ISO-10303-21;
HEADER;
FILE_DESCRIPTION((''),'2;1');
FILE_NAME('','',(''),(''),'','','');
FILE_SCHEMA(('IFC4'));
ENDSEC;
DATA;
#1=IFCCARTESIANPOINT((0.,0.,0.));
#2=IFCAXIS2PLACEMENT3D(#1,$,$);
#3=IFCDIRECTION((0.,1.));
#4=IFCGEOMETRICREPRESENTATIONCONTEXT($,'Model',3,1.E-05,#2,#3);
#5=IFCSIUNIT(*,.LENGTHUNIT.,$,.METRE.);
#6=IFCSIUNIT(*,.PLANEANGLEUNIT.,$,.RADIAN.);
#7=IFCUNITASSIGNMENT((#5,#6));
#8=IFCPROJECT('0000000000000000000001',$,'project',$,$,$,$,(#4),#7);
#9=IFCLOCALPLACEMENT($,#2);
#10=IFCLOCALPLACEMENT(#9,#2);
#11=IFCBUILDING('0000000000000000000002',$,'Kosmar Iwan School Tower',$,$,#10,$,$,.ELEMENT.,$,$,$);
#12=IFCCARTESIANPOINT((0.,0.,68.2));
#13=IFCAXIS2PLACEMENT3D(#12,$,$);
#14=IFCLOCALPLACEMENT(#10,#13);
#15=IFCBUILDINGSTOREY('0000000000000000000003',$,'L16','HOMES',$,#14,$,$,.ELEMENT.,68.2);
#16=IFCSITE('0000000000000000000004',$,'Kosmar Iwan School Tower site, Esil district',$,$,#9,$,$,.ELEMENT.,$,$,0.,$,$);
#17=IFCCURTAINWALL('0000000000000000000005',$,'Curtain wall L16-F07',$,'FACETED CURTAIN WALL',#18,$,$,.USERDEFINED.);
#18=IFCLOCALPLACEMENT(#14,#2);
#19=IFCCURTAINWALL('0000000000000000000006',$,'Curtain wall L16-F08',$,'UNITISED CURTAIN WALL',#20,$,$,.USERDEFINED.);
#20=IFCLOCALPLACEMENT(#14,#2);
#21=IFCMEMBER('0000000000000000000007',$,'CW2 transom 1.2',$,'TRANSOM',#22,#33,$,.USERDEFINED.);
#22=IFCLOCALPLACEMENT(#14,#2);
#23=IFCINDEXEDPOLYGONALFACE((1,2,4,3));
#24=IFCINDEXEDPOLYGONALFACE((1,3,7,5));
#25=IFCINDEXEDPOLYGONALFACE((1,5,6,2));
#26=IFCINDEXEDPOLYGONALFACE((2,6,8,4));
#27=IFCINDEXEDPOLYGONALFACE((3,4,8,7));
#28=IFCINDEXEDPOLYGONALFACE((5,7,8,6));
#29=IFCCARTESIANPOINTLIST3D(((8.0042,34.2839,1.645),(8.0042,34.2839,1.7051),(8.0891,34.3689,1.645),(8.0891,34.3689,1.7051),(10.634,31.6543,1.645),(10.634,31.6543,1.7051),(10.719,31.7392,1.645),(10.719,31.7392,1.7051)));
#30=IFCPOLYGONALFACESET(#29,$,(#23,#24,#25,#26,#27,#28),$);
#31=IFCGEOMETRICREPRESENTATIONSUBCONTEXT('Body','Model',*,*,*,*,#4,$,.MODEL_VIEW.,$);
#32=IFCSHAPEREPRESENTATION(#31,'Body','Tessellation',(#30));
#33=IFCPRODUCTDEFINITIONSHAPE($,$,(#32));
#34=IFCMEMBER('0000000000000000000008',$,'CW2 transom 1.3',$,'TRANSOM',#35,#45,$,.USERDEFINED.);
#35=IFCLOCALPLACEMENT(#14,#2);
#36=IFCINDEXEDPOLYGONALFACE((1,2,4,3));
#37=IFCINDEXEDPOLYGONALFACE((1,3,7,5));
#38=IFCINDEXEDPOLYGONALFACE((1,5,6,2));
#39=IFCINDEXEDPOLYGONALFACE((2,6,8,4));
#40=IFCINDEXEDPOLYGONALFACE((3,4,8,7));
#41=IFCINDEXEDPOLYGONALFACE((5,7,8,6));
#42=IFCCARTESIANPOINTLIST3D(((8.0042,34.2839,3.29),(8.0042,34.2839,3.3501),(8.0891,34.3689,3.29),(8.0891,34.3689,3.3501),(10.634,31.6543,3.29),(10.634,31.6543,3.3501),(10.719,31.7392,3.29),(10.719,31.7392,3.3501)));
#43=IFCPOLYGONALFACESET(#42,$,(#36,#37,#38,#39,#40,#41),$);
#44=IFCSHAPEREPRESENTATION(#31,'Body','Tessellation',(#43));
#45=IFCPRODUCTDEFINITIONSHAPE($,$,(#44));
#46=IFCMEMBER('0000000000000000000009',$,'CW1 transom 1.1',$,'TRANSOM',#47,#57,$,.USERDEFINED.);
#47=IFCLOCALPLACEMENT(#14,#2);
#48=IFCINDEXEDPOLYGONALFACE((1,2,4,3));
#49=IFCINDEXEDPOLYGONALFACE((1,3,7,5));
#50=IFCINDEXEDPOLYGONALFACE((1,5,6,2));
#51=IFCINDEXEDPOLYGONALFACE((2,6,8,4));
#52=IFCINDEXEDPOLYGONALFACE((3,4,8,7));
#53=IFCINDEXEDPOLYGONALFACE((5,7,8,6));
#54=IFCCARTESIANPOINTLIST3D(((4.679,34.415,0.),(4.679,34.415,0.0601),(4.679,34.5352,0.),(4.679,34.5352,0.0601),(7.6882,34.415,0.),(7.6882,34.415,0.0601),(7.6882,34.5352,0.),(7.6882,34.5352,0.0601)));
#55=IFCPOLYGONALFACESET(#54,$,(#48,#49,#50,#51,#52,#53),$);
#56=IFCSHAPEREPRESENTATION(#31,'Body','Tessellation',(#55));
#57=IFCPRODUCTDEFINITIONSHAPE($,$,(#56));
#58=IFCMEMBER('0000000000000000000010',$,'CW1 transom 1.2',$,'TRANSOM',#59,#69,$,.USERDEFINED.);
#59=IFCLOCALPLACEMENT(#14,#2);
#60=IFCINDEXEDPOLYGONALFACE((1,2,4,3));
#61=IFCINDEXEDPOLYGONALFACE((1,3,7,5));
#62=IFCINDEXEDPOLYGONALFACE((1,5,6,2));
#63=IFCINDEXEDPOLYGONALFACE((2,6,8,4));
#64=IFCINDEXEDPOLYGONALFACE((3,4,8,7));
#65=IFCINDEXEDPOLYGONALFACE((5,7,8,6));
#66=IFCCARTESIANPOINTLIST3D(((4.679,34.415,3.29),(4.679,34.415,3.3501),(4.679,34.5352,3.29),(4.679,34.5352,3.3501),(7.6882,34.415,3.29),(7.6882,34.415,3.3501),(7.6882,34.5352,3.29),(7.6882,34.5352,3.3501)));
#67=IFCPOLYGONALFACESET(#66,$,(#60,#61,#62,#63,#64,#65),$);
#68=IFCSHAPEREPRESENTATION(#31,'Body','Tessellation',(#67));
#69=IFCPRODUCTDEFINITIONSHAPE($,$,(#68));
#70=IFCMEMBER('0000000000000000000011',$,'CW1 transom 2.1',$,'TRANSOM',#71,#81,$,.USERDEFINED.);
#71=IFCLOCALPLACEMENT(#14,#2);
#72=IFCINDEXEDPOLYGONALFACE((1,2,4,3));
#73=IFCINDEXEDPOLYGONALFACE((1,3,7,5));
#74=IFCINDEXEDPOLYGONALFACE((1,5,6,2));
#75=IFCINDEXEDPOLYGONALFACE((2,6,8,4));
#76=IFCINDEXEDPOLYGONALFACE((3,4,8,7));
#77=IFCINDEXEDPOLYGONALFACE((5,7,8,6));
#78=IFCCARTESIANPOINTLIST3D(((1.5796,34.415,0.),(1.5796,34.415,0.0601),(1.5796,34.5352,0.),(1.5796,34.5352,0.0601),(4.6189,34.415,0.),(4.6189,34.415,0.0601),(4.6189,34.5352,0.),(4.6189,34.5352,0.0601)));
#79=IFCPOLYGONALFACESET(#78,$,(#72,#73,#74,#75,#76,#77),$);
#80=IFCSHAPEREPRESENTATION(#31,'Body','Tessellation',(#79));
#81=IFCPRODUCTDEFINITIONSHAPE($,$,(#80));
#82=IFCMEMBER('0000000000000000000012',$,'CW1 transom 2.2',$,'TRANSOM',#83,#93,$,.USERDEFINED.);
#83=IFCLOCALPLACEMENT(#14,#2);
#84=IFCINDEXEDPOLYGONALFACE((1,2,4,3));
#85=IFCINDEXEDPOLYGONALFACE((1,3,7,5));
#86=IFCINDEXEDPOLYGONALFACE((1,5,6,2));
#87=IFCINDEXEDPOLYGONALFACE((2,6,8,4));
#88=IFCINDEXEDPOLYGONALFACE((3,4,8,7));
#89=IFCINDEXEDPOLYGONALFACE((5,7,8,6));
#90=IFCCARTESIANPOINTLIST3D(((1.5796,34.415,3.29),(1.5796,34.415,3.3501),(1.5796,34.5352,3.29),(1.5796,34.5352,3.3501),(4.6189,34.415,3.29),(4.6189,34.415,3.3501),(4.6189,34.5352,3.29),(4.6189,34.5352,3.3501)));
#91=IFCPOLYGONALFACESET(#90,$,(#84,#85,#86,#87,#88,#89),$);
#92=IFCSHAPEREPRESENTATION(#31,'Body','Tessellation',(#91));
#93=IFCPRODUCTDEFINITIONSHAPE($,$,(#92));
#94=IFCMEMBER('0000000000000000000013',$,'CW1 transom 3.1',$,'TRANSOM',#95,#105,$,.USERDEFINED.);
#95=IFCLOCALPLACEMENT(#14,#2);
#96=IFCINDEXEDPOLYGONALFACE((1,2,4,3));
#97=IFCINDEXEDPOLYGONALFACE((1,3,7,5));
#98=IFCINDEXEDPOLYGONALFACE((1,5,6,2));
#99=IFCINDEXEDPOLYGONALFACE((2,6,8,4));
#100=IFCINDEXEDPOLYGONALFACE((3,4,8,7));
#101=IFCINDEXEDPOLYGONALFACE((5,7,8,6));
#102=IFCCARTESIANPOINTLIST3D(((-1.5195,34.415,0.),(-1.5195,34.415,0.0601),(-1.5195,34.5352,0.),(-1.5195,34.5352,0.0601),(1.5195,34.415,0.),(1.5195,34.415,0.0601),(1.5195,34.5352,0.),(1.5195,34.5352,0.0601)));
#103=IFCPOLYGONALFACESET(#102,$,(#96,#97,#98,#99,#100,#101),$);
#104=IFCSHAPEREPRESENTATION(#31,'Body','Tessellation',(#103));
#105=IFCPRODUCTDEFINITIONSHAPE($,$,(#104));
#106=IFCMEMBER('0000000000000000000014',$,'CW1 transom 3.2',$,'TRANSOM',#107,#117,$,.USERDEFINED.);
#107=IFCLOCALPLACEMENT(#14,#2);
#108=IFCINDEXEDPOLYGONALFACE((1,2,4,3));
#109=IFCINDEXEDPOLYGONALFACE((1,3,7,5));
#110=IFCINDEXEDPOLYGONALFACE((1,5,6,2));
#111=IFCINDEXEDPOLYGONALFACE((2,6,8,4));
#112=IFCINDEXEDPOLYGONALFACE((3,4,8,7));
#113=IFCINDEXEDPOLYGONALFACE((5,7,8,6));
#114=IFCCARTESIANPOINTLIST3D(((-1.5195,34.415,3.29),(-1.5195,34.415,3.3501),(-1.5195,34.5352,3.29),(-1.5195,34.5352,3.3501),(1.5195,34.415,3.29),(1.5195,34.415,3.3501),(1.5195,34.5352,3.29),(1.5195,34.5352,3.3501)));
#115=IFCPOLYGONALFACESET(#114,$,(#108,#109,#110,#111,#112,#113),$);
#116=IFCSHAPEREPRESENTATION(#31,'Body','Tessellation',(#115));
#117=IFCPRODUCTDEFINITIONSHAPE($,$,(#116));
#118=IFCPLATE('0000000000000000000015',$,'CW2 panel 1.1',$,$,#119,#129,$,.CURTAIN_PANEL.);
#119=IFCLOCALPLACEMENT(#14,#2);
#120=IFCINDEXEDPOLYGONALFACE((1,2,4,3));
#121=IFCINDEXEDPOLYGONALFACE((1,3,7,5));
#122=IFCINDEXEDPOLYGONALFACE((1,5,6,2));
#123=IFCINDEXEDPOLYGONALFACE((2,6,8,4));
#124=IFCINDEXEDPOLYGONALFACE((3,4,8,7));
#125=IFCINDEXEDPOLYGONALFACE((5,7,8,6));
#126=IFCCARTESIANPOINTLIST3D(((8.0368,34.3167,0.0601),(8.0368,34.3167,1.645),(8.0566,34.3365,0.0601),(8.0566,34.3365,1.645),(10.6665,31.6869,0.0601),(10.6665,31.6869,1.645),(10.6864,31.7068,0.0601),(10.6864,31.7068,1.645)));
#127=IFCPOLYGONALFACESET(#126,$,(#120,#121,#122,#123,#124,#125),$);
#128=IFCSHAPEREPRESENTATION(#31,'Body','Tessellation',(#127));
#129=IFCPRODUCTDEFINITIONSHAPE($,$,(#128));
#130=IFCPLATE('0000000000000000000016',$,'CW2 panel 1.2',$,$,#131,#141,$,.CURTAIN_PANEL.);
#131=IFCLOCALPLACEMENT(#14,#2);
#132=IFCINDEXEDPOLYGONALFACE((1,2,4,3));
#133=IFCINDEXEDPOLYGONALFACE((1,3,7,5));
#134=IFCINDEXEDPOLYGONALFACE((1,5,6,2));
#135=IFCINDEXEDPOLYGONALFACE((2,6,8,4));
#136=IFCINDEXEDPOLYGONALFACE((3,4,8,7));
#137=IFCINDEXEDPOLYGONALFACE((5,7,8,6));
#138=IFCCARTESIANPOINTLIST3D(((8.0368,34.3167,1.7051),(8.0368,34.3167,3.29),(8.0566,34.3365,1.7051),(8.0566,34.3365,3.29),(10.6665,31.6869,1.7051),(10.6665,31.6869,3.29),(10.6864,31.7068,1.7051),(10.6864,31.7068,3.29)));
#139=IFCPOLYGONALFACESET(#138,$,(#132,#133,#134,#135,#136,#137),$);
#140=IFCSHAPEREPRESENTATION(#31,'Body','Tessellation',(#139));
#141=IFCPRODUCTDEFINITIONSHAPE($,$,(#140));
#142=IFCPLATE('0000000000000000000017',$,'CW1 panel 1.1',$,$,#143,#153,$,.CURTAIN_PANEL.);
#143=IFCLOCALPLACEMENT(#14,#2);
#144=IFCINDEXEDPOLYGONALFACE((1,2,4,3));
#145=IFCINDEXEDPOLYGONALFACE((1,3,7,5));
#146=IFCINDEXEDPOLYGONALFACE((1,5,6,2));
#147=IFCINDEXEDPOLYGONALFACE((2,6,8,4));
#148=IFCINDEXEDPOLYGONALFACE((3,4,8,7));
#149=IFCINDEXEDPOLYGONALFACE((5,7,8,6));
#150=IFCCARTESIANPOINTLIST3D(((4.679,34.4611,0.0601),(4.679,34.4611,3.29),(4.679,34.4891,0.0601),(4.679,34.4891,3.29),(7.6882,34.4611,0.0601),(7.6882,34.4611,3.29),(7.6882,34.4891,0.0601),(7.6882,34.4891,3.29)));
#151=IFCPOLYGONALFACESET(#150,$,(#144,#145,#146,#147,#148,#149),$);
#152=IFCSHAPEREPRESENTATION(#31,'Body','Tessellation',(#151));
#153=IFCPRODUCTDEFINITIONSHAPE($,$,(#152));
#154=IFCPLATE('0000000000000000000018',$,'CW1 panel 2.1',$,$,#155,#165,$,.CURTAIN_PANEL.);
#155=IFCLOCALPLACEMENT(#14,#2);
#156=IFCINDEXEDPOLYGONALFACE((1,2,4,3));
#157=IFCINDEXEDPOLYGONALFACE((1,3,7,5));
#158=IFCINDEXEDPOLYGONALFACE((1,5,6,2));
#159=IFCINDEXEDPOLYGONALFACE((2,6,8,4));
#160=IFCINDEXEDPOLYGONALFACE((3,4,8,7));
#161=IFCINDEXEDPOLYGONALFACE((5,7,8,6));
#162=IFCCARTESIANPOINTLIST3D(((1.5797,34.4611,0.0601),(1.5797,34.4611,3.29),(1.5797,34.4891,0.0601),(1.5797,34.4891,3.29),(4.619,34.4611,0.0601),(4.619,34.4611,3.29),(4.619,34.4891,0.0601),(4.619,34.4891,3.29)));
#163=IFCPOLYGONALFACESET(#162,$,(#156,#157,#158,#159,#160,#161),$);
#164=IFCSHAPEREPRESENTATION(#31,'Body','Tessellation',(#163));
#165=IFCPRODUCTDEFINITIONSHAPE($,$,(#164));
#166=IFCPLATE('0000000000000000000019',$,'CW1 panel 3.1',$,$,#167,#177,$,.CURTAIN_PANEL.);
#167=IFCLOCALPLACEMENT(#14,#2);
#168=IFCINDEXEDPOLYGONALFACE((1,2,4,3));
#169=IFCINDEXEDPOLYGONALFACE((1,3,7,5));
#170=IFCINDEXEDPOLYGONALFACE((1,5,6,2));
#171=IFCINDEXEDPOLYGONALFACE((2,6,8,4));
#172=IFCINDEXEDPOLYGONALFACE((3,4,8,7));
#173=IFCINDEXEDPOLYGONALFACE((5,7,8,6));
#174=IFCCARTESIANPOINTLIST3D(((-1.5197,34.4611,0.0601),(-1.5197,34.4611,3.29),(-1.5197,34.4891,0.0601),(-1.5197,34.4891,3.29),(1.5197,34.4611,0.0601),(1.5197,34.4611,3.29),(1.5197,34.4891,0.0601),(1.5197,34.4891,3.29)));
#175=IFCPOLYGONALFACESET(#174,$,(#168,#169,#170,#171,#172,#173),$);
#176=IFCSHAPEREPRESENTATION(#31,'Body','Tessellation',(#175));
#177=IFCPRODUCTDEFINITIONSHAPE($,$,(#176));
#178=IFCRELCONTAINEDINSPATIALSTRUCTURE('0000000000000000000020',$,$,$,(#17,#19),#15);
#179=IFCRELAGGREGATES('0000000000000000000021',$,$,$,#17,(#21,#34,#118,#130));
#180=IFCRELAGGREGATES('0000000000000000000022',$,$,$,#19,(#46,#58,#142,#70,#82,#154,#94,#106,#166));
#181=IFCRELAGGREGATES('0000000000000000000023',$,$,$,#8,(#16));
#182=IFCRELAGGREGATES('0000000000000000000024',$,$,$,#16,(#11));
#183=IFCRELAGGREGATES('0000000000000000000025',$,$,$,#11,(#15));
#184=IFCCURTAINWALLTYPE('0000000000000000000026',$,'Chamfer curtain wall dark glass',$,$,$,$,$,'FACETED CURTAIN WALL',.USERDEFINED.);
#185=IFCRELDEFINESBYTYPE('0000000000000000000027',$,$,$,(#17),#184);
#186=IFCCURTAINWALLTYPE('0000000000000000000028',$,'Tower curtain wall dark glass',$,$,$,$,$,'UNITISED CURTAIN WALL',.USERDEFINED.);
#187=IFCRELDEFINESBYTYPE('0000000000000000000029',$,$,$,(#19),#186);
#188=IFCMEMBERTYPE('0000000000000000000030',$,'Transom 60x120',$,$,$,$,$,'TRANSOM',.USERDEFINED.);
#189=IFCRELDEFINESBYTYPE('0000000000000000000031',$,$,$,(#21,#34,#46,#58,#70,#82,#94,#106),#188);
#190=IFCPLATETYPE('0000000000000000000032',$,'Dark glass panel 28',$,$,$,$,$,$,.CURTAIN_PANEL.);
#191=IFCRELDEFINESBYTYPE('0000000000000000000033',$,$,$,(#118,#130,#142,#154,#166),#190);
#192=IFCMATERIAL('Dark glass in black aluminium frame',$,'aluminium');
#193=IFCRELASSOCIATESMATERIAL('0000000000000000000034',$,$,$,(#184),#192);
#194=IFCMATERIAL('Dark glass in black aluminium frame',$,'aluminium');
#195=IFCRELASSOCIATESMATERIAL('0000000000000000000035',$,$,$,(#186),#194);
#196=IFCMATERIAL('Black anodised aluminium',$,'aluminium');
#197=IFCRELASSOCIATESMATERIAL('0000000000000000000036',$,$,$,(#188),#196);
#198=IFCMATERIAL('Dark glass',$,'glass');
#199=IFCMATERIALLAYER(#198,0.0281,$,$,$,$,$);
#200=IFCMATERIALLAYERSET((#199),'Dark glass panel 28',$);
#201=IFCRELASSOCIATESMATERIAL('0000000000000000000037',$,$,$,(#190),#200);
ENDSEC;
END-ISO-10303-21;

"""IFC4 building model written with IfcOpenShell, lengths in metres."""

from ifc_helpers import new_model, si_unit, direction, frame, origin, origin_2d, place, context, subcontext, project, spatial, rectangle, extrude, material, layer, layer_set, material_profile, profile_set, type_object, element, aggregate, save


model = new_model("IFC4")

# Units and contexts
model_context = context("Model", 3, precision=1e-05, world=origin(), true_north=direction((0.0, 1.0)))
body_context = subcontext(model_context, "Body", "Model", "MODEL_VIEW")
ifc_project = project(units=[si_unit("LENGTHUNIT", "METRE"), si_unit("PLANEANGLEUNIT", "RADIAN")], contexts=[model_context])

# Site, building, storey
site_placement = place(None, origin())
site = spatial("IfcSite", under=ifc_project, at=site_placement, Name="Kosmar Iwan School Tower site, Esil district", CompositionType="ELEMENT", RefElevation=0.0)
building_placement = place(site_placement, origin())
building = spatial("IfcBuilding", under=site, at=building_placement, Name="Kosmar Iwan School Tower", CompositionType="ELEMENT")
storey_placement = place(building_placement, frame((0.0, 0.0, 68.2)))
storey = spatial("IfcBuildingStorey", under=building, at=storey_placement, Name="L16", Description="HOMES", CompositionType="ELEMENT", Elevation=68.2)

# Curtain walls
ifc_material_1 = material(Name="Dark glass in black aluminium frame", Category="aluminium")
curtain_wall_type_1 = type_object("IfcCurtainWallType", Name="Chamfer curtain wall dark glass", ElementType="FACETED CURTAIN WALL", PredefinedType="USERDEFINED", material=ifc_material_1)
curtain_wall_1_placement = place(storey_placement, origin())
curtain_wall_1 = element("IfcCurtainWall", 1, at=curtain_wall_1_placement, inside=storey, type_object=curtain_wall_type_1, Name="Curtain wall L16-F07", ObjectType="FACETED CURTAIN WALL", PredefinedType="USERDEFINED")
ifc_material_2 = material(Name="Dark glass in black aluminium frame", Category="aluminium")
curtain_wall_type_2 = type_object("IfcCurtainWallType", Name="Tower curtain wall dark glass", ElementType="UNITISED CURTAIN WALL", PredefinedType="USERDEFINED", material=ifc_material_2)
curtain_wall_2_placement = place(storey_placement, origin())
curtain_wall_2 = element("IfcCurtainWall", 2, at=curtain_wall_2_placement, inside=storey, type_object=curtain_wall_type_2, Name="Curtain wall L16-F08", ObjectType="UNITISED CURTAIN WALL", PredefinedType="USERDEFINED")

# Members
ifc_material_3 = material(Name="Black anodised aluminium", Category="aluminium")
ifc_material_profile_1 = material_profile(ifc_material_3, rectangle(XDim=0.1201, YDim=0.0601, at=origin_2d()), Name="TRANSOM 60x120")
ifc_profile_set_1 = profile_set([ifc_material_profile_1], Name="Black anodised aluminium")
member_type_1 = type_object("IfcMemberType", Name="Transom 60x120", ElementType="TRANSOM", PredefinedType="USERDEFINED", material=ifc_profile_set_1)
member_1_placement = place(storey_placement, frame((10.6765, 31.6968, 1.675), z_axis=(-0.70714, 0.707074, 0.0), x_axis=(-0.707074, -0.70714, 0.0)))
member_1 = element("IfcMember", 3, at=member_1_placement, type_object=member_type_1, Name="CW2 transom 1.2", ObjectType="TRANSOM", PredefinedType="USERDEFINED", context=body_context, shape_type="SweptSolid", body=[
    extrude(rectangle(XDim=0.1201, YDim=0.0601, at=origin_2d()), origin(), (0.0, 0.0, 1.0), 3.719),
])
member_2_placement = place(storey_placement, frame((10.6765, 31.6968, 3.3201), z_axis=(-0.70714, 0.707074, 0.0), x_axis=(-0.707074, -0.70714, 0.0)))
member_2 = element("IfcMember", 4, at=member_2_placement, type_object=member_type_1, Name="CW2 transom 1.3", ObjectType="TRANSOM", PredefinedType="USERDEFINED", context=body_context, shape_type="SweptSolid", body=[
    extrude(rectangle(XDim=0.1201, YDim=0.0601, at=origin_2d()), origin(), (0.0, 0.0, 1.0), 3.719),
])
member_3_placement = place(storey_placement, frame((7.6882, 34.4751, 0.03), z_axis=(-1.0, 0.0, 0.0), x_axis=(0.0, -1.0, 0.0)))
member_3 = element("IfcMember", 5, at=member_3_placement, type_object=member_type_1, Name="CW1 transom 1.1", ObjectType="TRANSOM", PredefinedType="USERDEFINED", context=body_context, shape_type="SweptSolid", body=[
    extrude(rectangle(XDim=0.1201, YDim=0.0601, at=origin_2d()), origin(), (0.0, 0.0, 1.0), 3.0093),
])
member_4_placement = place(storey_placement, frame((7.6882, 34.4751, 3.3201), z_axis=(-1.0, 0.0, 0.0), x_axis=(0.0, -1.0, 0.0)))
member_4 = element("IfcMember", 6, at=member_4_placement, type_object=member_type_1, Name="CW1 transom 1.2", ObjectType="TRANSOM", PredefinedType="USERDEFINED", context=body_context, shape_type="SweptSolid", body=[
    extrude(rectangle(XDim=0.1201, YDim=0.0601, at=origin_2d()), origin(), (0.0, 0.0, 1.0), 3.0093),
])
member_5_placement = place(storey_placement, frame((4.6189, 34.4751, 0.03), z_axis=(-1.0, 0.0, 0.0), x_axis=(0.0, -1.0, 0.0)))
member_5 = element("IfcMember", 7, at=member_5_placement, type_object=member_type_1, Name="CW1 transom 2.1", ObjectType="TRANSOM", PredefinedType="USERDEFINED", context=body_context, shape_type="SweptSolid", body=[
    extrude(rectangle(XDim=0.1201, YDim=0.0601, at=origin_2d()), origin(), (0.0, 0.0, 1.0), 3.0393),
])
member_6_placement = place(storey_placement, frame((4.6189, 34.4751, 3.3201), z_axis=(-1.0, 0.0, 0.0), x_axis=(0.0, -1.0, 0.0)))
member_6 = element("IfcMember", 8, at=member_6_placement, type_object=member_type_1, Name="CW1 transom 2.2", ObjectType="TRANSOM", PredefinedType="USERDEFINED", context=body_context, shape_type="SweptSolid", body=[
    extrude(rectangle(XDim=0.1201, YDim=0.0601, at=origin_2d()), origin(), (0.0, 0.0, 1.0), 3.0393),
])
member_7_placement = place(storey_placement, frame((1.5195, 34.4751, 0.03), z_axis=(-1.0, 0.0, 0.0), x_axis=(0.0, -1.0, 0.0)))
member_7 = element("IfcMember", 9, at=member_7_placement, type_object=member_type_1, Name="CW1 transom 3.1", ObjectType="TRANSOM", PredefinedType="USERDEFINED", context=body_context, shape_type="SweptSolid", body=[
    extrude(rectangle(XDim=0.1201, YDim=0.0601, at=origin_2d()), origin(), (0.0, 0.0, 1.0), 3.0391),
])
member_8_placement = place(storey_placement, frame((1.5195, 34.4751, 3.3201), z_axis=(-1.0, 0.0, 0.0), x_axis=(0.0, -1.0, 0.0)))
member_8 = element("IfcMember", 10, at=member_8_placement, type_object=member_type_1, Name="CW1 transom 3.2", ObjectType="TRANSOM", PredefinedType="USERDEFINED", context=body_context, shape_type="SweptSolid", body=[
    extrude(rectangle(XDim=0.1201, YDim=0.0601, at=origin_2d()), origin(), (0.0, 0.0, 1.0), 3.0391),
])

# Plates
ifc_material_4 = material(Name="Dark glass", Category="glass")
ifc_layer_1 = layer(ifc_material_4, 0.0281)
ifc_layer_set_1 = layer_set([ifc_layer_1], Name="Dark glass panel 28")
plate_type = type_object("IfcPlateType", Name="Dark glass panel 28", PredefinedType="CURTAIN_PANEL", material=ifc_layer_set_1)
plate_1_placement = place(storey_placement, frame((9.3616, 33.0117, 0.0601), z_axis=(0.0, 0.0, 1.0), x_axis=(-0.707107, 0.707107, 0.0)))
plate_1 = element("IfcPlate", 11, at=plate_1_placement, type_object=plate_type, Name="CW2 panel 1.1", PredefinedType="CURTAIN_PANEL", context=body_context, shape_type="SweptSolid", body=[
    extrude(rectangle(XDim=3.719, YDim=0.0281, at=origin_2d()), origin(), (0.0, 0.0, 1.0), 1.585),
])
plate_2_placement = place(storey_placement, frame((9.3616, 33.0117, 1.7051), z_axis=(0.0, 0.0, 1.0), x_axis=(-0.707107, 0.707107, 0.0)))
plate_2 = element("IfcPlate", 12, at=plate_2_placement, type_object=plate_type, Name="CW2 panel 1.2", PredefinedType="CURTAIN_PANEL", context=body_context, shape_type="SweptSolid", body=[
    extrude(rectangle(XDim=3.719, YDim=0.0281, at=origin_2d()), origin(), (0.0, 0.0, 1.0), 1.585),
])
aggregate(curtain_wall_1, [member_1, member_2, plate_1, plate_2])
plate_3_placement = place(storey_placement, frame((6.1836, 34.4751, 0.0601), z_axis=(0.0, 0.0, 1.0), x_axis=(-1.0, 0.0, 0.0)))
plate_3 = element("IfcPlate", 13, at=plate_3_placement, type_object=plate_type, Name="CW1 panel 1.1", PredefinedType="CURTAIN_PANEL", context=body_context, shape_type="SweptSolid", body=[
    extrude(rectangle(XDim=3.0093, YDim=0.0281, at=origin_2d()), origin(), (0.0, 0.0, 1.0), 3.23),
])
plate_4_placement = place(storey_placement, frame((3.0994, 34.4751, 0.0601), z_axis=(0.0, 0.0, 1.0), x_axis=(-1.0, 0.0, 0.0)))
plate_4 = element("IfcPlate", 14, at=plate_4_placement, type_object=plate_type, Name="CW1 panel 2.1", PredefinedType="CURTAIN_PANEL", context=body_context, shape_type="SweptSolid", body=[
    extrude(rectangle(XDim=3.0393, YDim=0.0281, at=origin_2d()), origin(), (0.0, 0.0, 1.0), 3.23),
])
plate_5_placement = place(storey_placement, frame((0.0, 34.4751, 0.0601), z_axis=(0.0, 0.0, 1.0), x_axis=(-1.0, 0.0, 0.0)))
plate_5 = element("IfcPlate", 15, at=plate_5_placement, type_object=plate_type, Name="CW1 panel 3.1", PredefinedType="CURTAIN_PANEL", context=body_context, shape_type="SweptSolid", body=[
    extrude(rectangle(XDim=3.0393, YDim=0.0281, at=origin_2d()), origin(), (0.0, 0.0, 1.0), 3.23),
])
aggregate(curtain_wall_2, [member_3, member_4, plate_3, member_5, member_6, plate_4, member_7, member_8, plate_5])

save(model, "model.ifc")
